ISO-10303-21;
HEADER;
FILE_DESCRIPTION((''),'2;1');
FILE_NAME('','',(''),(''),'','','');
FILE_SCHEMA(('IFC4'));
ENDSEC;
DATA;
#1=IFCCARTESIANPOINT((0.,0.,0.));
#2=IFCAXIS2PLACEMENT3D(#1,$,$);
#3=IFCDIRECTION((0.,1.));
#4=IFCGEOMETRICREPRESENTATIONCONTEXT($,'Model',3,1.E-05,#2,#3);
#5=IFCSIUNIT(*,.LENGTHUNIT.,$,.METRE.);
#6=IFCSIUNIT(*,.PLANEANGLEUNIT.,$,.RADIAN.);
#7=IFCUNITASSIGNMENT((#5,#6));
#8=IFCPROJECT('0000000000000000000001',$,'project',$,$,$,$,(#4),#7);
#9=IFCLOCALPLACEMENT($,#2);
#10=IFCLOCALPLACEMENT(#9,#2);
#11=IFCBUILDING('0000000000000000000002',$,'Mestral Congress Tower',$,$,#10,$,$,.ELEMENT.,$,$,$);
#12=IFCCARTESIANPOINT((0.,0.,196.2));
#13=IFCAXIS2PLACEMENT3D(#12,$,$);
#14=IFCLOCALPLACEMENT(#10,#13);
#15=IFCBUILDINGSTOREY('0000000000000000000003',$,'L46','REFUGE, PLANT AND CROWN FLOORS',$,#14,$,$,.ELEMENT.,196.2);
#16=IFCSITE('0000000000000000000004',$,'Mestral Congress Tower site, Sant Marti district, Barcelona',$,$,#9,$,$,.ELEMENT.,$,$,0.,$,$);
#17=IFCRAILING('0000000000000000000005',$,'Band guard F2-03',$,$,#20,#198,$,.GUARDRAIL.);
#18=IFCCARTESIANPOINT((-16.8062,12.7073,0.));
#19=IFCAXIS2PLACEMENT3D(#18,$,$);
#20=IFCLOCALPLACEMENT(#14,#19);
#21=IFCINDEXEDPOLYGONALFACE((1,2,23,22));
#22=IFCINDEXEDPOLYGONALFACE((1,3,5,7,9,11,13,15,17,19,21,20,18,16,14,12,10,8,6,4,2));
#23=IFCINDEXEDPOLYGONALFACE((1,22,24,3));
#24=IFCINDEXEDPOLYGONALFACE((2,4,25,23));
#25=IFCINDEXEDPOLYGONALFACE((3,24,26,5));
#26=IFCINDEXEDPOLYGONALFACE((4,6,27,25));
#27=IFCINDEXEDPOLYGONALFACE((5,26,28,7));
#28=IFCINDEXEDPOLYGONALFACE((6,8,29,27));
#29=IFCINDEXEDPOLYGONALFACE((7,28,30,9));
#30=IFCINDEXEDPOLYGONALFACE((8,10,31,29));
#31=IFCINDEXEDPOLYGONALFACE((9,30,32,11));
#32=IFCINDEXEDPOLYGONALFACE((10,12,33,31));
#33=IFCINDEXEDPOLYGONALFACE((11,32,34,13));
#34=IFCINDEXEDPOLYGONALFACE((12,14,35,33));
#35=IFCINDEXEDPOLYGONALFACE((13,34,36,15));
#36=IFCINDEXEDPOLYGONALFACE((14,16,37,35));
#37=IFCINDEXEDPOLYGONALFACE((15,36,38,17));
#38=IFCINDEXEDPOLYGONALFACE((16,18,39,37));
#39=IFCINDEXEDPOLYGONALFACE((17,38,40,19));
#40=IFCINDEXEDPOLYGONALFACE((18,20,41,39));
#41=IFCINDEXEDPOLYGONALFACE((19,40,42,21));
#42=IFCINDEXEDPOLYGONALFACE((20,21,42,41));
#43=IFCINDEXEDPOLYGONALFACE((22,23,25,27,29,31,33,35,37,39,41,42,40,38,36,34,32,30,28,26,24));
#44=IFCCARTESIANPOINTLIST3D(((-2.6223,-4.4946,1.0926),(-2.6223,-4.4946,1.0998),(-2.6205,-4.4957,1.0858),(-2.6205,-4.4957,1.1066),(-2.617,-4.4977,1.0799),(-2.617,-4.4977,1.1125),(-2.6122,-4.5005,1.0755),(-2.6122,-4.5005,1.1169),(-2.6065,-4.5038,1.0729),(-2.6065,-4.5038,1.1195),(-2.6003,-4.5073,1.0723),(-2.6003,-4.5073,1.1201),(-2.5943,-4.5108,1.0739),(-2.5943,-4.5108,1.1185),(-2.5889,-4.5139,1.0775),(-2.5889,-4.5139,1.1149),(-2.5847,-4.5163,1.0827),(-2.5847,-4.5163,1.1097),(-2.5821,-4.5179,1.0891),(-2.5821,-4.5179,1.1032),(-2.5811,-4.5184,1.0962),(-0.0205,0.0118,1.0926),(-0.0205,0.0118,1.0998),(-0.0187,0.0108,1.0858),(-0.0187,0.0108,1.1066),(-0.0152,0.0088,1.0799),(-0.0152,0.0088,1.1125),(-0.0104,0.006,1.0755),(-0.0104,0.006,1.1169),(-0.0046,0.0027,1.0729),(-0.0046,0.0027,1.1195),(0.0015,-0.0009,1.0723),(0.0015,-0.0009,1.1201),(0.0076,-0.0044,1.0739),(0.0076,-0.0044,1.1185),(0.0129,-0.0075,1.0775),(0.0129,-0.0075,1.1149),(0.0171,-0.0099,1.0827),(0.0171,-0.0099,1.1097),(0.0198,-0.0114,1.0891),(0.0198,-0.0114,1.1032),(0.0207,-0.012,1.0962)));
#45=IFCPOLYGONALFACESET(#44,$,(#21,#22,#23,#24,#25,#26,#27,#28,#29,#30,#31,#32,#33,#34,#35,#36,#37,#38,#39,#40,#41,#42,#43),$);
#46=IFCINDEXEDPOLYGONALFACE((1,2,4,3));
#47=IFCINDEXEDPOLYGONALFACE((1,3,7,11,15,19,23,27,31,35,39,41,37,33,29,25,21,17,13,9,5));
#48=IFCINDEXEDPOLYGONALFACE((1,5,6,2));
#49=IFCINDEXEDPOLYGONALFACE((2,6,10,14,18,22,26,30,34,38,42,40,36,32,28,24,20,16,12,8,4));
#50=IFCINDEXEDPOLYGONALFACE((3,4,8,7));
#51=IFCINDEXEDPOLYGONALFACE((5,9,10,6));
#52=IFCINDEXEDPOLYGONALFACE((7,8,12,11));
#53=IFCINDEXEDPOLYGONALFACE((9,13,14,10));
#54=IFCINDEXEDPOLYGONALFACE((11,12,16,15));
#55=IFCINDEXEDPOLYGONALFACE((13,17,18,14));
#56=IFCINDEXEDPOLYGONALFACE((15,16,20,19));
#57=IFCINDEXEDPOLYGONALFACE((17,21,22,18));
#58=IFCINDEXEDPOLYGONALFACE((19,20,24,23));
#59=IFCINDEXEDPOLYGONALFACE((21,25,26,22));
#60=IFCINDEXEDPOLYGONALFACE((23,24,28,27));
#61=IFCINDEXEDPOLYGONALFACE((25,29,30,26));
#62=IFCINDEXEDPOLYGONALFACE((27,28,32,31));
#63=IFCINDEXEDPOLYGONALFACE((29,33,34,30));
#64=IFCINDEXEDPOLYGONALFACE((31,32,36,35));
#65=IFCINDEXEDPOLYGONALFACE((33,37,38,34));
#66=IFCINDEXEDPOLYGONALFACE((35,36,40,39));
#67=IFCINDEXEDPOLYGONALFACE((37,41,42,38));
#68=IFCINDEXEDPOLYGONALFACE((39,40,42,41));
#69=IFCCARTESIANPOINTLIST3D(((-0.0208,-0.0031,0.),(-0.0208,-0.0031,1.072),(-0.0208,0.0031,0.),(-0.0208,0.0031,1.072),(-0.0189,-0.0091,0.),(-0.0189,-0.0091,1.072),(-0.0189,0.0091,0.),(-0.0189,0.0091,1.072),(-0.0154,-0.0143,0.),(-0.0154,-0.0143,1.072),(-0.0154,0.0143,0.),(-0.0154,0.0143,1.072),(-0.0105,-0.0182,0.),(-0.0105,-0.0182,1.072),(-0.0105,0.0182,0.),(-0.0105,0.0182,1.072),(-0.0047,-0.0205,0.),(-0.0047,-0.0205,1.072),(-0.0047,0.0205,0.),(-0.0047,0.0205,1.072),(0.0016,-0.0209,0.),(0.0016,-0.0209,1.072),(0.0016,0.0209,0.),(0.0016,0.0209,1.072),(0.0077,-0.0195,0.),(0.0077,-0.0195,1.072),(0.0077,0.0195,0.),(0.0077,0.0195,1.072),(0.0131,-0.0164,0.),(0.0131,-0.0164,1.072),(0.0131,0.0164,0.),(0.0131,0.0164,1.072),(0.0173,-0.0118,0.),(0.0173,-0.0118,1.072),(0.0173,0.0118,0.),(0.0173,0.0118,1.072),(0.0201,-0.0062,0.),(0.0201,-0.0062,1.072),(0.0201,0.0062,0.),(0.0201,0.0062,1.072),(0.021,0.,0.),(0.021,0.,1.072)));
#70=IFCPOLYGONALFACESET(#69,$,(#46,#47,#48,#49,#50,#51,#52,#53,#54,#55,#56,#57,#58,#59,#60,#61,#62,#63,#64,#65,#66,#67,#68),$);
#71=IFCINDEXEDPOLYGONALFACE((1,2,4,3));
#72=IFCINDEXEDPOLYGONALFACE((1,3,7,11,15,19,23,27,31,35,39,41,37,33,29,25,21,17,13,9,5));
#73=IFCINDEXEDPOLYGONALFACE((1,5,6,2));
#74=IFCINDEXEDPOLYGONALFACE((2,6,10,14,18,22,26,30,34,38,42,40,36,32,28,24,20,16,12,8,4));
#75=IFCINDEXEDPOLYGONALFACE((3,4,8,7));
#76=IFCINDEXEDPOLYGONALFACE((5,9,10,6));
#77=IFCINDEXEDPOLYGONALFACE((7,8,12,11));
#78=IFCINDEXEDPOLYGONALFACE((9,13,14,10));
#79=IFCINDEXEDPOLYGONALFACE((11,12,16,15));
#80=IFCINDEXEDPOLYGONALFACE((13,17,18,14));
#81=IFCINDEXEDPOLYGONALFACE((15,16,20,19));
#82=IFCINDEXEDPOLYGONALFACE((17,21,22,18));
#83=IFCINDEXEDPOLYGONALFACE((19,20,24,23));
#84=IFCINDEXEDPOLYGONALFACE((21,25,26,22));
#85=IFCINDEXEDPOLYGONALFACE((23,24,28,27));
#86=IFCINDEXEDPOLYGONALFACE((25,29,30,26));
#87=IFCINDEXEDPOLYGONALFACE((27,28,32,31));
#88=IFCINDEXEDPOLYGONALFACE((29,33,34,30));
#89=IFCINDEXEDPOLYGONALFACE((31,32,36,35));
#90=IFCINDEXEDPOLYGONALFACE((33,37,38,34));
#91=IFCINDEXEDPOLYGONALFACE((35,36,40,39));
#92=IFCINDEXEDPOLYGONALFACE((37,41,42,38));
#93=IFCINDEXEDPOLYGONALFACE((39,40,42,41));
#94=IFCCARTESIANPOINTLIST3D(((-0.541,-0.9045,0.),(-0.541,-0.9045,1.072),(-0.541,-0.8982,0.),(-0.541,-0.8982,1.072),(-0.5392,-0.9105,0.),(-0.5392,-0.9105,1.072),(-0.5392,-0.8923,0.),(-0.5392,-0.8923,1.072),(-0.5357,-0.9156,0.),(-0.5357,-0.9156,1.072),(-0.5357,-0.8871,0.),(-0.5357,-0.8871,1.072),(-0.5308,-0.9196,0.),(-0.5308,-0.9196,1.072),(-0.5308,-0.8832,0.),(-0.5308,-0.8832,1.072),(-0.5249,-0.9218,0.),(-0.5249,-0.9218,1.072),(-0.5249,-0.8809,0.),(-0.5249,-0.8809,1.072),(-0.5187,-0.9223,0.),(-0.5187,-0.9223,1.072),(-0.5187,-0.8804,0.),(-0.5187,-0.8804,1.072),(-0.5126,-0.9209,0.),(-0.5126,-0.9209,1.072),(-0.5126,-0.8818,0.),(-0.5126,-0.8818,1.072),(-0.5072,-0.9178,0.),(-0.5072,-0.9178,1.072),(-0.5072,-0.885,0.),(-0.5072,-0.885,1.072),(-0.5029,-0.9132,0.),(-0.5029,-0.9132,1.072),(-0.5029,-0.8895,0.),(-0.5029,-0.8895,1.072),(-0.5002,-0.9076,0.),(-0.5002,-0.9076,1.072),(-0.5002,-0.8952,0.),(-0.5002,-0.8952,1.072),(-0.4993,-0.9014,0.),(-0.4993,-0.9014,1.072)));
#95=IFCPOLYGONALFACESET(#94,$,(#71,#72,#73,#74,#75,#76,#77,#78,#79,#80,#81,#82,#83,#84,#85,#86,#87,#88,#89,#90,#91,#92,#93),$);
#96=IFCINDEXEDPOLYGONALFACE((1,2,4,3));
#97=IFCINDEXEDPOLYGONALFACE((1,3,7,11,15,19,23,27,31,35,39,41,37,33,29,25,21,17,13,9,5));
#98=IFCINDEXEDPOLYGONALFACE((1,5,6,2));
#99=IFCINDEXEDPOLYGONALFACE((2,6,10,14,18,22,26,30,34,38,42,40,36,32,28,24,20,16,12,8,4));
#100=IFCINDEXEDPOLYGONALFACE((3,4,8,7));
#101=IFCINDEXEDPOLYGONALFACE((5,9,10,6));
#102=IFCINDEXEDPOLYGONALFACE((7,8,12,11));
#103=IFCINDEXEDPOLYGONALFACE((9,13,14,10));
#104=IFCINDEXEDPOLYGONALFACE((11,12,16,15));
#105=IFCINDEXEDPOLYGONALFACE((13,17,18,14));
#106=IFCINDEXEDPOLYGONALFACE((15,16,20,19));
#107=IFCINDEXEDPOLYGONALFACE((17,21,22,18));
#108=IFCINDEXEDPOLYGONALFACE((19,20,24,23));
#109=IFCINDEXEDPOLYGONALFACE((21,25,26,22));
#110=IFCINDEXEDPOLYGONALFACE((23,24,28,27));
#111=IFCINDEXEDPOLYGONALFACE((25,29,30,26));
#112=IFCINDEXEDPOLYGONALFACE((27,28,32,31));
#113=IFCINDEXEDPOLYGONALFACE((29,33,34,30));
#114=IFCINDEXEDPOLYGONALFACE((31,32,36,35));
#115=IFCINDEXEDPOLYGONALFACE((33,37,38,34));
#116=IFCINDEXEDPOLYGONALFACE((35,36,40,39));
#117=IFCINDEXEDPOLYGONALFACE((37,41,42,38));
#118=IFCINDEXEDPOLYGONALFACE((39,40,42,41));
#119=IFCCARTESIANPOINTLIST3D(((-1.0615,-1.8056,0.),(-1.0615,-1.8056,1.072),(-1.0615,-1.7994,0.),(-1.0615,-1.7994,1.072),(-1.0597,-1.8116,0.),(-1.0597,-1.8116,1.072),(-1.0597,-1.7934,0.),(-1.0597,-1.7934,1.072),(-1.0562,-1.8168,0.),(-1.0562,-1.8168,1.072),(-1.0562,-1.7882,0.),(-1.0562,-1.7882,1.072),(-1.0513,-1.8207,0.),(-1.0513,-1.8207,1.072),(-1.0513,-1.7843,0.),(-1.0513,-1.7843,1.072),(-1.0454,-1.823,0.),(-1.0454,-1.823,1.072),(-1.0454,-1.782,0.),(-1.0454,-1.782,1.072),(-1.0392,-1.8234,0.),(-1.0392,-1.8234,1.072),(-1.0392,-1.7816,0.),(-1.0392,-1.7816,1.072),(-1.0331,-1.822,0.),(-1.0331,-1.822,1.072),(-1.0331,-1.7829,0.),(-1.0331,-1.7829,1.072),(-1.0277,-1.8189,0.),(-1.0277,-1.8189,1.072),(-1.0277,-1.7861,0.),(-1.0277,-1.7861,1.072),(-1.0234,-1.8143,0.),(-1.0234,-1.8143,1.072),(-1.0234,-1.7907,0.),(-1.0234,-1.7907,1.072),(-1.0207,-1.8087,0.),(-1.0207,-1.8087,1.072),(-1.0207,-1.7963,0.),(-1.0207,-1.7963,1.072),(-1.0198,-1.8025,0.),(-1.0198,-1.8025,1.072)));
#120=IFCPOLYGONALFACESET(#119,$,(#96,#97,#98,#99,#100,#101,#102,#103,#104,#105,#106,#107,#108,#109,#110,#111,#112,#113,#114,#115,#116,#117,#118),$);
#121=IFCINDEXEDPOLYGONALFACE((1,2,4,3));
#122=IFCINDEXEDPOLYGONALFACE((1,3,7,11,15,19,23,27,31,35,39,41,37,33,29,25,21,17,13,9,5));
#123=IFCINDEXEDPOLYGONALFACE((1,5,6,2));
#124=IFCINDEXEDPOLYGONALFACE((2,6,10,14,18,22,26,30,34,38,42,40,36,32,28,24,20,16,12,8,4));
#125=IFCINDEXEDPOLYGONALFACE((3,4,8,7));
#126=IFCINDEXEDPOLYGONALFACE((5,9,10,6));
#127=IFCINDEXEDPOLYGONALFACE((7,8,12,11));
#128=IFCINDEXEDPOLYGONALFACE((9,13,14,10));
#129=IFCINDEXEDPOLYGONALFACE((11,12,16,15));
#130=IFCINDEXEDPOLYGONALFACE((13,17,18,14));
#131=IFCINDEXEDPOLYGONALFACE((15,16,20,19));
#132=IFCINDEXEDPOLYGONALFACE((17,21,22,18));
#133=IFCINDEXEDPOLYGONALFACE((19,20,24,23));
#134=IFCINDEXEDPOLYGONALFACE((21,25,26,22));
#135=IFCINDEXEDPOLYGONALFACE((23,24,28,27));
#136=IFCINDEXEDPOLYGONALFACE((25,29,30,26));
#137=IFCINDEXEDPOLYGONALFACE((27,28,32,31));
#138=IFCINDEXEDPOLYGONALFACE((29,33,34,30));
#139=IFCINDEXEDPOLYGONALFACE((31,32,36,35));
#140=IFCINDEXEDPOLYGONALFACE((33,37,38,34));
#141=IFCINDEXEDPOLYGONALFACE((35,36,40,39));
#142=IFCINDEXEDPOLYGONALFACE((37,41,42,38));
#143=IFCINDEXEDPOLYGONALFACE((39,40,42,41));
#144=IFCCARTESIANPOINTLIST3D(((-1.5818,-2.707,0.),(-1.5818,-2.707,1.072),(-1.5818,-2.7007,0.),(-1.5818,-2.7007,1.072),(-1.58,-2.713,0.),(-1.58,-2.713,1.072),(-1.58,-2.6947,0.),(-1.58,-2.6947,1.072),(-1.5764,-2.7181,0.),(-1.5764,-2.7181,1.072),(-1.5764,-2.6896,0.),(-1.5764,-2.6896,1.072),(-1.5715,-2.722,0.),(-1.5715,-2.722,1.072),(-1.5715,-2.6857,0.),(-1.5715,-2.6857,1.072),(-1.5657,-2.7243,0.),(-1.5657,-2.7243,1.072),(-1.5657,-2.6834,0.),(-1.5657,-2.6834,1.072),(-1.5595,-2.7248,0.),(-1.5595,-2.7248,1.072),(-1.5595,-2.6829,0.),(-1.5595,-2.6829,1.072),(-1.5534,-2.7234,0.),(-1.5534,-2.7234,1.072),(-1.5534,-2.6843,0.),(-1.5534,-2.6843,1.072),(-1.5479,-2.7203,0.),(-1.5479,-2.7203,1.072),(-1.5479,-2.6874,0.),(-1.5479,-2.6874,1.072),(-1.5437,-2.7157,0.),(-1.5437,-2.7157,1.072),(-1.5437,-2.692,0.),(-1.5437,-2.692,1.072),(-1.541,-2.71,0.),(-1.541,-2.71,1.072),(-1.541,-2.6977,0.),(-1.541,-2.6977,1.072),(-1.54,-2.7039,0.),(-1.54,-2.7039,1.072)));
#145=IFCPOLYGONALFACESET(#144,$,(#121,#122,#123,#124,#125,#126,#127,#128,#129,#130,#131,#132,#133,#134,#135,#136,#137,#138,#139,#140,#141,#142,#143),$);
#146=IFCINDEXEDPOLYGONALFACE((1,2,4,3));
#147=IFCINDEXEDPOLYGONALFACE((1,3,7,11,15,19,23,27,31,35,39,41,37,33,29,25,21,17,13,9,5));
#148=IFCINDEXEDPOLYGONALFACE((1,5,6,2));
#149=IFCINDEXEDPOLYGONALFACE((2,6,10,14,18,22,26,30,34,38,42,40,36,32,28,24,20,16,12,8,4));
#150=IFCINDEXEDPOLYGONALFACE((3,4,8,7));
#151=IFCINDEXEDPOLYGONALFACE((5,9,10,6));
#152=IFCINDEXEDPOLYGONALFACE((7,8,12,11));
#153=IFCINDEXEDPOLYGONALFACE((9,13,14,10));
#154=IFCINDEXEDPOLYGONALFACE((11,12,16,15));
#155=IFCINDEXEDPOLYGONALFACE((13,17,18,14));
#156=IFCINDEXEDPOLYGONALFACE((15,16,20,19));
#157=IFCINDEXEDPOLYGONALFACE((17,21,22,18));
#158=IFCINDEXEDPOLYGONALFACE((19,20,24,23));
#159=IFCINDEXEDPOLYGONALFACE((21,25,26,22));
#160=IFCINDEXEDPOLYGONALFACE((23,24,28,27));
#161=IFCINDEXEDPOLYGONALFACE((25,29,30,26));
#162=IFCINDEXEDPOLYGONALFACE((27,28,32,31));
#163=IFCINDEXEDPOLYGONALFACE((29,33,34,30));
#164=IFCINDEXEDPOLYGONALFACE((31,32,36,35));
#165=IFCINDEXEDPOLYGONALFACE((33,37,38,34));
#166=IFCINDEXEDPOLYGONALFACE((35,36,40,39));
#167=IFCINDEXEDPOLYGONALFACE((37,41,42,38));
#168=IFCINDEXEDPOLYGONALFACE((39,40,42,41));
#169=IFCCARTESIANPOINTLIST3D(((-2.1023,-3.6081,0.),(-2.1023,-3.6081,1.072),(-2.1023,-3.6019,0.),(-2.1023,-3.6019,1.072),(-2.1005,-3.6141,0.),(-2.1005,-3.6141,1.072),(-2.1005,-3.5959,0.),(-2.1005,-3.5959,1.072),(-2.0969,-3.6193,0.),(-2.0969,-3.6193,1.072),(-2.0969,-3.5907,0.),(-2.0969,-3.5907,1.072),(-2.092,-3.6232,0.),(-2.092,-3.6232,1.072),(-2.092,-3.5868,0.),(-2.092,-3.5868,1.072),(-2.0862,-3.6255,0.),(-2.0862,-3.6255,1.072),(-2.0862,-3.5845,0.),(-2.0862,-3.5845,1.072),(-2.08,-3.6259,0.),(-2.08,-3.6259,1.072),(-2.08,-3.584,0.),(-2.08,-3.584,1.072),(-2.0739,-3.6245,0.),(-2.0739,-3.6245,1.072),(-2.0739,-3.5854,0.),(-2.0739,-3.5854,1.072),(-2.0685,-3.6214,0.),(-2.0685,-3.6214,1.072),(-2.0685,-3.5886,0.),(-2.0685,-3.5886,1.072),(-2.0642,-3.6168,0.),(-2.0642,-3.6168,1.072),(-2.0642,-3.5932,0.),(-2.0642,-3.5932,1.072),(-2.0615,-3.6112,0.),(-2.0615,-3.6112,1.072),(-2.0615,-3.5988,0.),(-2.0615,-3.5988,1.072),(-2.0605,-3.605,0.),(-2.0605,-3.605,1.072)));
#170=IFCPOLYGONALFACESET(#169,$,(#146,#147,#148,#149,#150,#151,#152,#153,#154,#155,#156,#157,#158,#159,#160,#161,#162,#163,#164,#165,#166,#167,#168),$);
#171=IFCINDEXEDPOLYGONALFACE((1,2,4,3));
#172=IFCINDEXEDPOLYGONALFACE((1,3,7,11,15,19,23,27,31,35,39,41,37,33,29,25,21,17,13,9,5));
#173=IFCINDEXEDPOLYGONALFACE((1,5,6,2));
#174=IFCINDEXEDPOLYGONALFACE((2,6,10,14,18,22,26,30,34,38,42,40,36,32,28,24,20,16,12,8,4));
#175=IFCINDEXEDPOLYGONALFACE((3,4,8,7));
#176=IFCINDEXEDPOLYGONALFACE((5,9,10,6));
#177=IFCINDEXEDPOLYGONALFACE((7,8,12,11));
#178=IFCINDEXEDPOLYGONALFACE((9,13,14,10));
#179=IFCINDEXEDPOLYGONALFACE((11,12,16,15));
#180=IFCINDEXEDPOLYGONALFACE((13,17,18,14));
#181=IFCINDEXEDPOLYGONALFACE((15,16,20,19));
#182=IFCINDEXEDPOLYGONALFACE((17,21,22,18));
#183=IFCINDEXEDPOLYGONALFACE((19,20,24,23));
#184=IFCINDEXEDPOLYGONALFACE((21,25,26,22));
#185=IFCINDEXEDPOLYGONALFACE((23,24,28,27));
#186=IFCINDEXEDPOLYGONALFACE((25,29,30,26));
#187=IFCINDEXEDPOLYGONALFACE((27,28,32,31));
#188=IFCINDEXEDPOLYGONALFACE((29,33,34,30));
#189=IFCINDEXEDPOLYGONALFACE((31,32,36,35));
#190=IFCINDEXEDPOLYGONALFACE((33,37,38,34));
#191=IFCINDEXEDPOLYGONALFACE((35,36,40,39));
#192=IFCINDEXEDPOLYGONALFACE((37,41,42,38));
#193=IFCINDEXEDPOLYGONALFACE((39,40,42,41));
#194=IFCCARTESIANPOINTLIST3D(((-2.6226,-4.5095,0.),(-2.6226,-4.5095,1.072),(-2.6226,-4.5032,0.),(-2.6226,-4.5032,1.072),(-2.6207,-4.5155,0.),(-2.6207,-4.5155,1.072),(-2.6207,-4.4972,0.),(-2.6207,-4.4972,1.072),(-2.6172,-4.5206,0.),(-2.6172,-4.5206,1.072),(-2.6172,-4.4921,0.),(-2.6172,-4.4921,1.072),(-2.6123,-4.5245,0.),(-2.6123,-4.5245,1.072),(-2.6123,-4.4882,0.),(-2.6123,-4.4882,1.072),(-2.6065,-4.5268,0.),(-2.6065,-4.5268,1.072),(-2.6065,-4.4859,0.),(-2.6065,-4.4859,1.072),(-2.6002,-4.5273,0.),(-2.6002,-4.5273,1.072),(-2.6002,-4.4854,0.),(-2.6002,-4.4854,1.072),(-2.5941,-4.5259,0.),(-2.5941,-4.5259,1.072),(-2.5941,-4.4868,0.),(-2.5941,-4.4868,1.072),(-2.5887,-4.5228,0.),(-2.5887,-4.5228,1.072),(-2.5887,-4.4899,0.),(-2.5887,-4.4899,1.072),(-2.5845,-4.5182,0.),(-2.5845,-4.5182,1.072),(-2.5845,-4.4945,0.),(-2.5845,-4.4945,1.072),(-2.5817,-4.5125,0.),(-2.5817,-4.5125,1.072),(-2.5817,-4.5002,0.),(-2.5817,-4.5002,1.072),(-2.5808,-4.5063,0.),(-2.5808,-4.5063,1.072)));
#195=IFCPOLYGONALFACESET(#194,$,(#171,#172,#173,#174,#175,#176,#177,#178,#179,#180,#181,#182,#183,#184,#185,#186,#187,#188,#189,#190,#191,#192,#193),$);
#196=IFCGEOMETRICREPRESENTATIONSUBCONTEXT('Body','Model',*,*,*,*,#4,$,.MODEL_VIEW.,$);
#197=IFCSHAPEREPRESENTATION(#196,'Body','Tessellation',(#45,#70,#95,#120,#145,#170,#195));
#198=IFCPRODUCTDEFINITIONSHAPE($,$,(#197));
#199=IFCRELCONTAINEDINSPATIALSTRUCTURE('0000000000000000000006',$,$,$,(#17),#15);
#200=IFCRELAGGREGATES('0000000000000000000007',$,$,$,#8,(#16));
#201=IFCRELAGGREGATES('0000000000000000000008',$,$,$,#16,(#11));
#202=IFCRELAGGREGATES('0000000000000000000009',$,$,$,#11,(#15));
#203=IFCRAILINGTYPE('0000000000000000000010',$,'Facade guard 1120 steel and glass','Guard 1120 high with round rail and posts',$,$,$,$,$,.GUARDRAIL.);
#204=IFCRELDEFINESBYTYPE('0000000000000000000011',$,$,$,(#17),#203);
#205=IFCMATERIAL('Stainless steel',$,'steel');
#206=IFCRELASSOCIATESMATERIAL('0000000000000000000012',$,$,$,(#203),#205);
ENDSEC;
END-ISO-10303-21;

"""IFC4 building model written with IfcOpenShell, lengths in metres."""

from ifc_helpers import new_model, si_unit, direction, frame, origin, origin_2d, place, context, subcontext, project, spatial, circle, extrude, material, type_object, element, save


model = new_model("IFC4")

# Units and contexts
model_context = context("Model", 3, precision=1e-05, world=origin(), true_north=direction((0.0, 1.0)))
body_context = subcontext(model_context, "Body", "Model", "MODEL_VIEW")
ifc_project = project(units=[si_unit("LENGTHUNIT", "METRE"), si_unit("PLANEANGLEUNIT", "RADIAN")], contexts=[model_context])

# Site, building, storey
site_placement = place(None, origin())
site = spatial("IfcSite", under=ifc_project, at=site_placement, Name="Mestral Congress Tower site, Sant Marti district, Barcelona", CompositionType="ELEMENT", RefElevation=0.0)
building_placement = place(site_placement, origin())
building = spatial("IfcBuilding", under=site, at=building_placement, Name="Mestral Congress Tower", CompositionType="ELEMENT")
storey_placement = place(building_placement, frame((0.0, 0.0, 196.2)))
storey = spatial("IfcBuildingStorey", under=building, at=storey_placement, Name="L46", Description="REFUGE, PLANT AND CROWN FLOORS", CompositionType="ELEMENT", Elevation=196.2)

# Railing
ifc_material_1 = material(Name="Stainless steel", Category="steel")
railing_type = type_object("IfcRailingType", Name="Facade guard 1120 steel and glass", Description="Guard 1120 high with round rail and posts", PredefinedType="GUARDRAIL", material=ifc_material_1)
railing_1_placement = place(storey_placement, frame((-16.8062, 12.7073, 0.0)))
element("IfcRailing", 1, at=railing_1_placement, inside=storey, type_object=railing_type, Name="Band guard F2-03", PredefinedType="GUARDRAIL", context=body_context, shape_type="SweptSolid", body=[
    extrude(circle(Radius=0.0239, at=origin_2d()), frame((0.0, 0.0, 1.0962), z_axis=(-0.500009, -0.86602, 0.0), x_axis=(0.86602, -0.500009, 0.0)), (0.0, 0.0, 1.0), 5.2036),
    extrude(circle(Radius=0.021, at=origin_2d()), origin(), (0.0, 0.0, 1.0), 1.072),
    extrude(circle(Radius=0.021, at=origin_2d()), frame((-0.5203, -0.9014, 0.0)), (0.0, 0.0, 1.0), 1.072),
    extrude(circle(Radius=0.021, at=origin_2d()), frame((-1.0408, -1.8025, 0.0)), (0.0, 0.0, 1.0), 1.072),
    extrude(circle(Radius=0.021, at=origin_2d()), frame((-1.561, -2.7039, 0.0)), (0.0, 0.0, 1.0), 1.072),
    extrude(circle(Radius=0.021, at=origin_2d()), frame((-2.0815, -3.605, 0.0)), (0.0, 0.0, 1.0), 1.072),
    extrude(circle(Radius=0.021, at=origin_2d()), frame((-2.6018, -4.5063, 0.0)), (0.0, 0.0, 1.0), 1.072),
])

save(model, "model.ifc")
